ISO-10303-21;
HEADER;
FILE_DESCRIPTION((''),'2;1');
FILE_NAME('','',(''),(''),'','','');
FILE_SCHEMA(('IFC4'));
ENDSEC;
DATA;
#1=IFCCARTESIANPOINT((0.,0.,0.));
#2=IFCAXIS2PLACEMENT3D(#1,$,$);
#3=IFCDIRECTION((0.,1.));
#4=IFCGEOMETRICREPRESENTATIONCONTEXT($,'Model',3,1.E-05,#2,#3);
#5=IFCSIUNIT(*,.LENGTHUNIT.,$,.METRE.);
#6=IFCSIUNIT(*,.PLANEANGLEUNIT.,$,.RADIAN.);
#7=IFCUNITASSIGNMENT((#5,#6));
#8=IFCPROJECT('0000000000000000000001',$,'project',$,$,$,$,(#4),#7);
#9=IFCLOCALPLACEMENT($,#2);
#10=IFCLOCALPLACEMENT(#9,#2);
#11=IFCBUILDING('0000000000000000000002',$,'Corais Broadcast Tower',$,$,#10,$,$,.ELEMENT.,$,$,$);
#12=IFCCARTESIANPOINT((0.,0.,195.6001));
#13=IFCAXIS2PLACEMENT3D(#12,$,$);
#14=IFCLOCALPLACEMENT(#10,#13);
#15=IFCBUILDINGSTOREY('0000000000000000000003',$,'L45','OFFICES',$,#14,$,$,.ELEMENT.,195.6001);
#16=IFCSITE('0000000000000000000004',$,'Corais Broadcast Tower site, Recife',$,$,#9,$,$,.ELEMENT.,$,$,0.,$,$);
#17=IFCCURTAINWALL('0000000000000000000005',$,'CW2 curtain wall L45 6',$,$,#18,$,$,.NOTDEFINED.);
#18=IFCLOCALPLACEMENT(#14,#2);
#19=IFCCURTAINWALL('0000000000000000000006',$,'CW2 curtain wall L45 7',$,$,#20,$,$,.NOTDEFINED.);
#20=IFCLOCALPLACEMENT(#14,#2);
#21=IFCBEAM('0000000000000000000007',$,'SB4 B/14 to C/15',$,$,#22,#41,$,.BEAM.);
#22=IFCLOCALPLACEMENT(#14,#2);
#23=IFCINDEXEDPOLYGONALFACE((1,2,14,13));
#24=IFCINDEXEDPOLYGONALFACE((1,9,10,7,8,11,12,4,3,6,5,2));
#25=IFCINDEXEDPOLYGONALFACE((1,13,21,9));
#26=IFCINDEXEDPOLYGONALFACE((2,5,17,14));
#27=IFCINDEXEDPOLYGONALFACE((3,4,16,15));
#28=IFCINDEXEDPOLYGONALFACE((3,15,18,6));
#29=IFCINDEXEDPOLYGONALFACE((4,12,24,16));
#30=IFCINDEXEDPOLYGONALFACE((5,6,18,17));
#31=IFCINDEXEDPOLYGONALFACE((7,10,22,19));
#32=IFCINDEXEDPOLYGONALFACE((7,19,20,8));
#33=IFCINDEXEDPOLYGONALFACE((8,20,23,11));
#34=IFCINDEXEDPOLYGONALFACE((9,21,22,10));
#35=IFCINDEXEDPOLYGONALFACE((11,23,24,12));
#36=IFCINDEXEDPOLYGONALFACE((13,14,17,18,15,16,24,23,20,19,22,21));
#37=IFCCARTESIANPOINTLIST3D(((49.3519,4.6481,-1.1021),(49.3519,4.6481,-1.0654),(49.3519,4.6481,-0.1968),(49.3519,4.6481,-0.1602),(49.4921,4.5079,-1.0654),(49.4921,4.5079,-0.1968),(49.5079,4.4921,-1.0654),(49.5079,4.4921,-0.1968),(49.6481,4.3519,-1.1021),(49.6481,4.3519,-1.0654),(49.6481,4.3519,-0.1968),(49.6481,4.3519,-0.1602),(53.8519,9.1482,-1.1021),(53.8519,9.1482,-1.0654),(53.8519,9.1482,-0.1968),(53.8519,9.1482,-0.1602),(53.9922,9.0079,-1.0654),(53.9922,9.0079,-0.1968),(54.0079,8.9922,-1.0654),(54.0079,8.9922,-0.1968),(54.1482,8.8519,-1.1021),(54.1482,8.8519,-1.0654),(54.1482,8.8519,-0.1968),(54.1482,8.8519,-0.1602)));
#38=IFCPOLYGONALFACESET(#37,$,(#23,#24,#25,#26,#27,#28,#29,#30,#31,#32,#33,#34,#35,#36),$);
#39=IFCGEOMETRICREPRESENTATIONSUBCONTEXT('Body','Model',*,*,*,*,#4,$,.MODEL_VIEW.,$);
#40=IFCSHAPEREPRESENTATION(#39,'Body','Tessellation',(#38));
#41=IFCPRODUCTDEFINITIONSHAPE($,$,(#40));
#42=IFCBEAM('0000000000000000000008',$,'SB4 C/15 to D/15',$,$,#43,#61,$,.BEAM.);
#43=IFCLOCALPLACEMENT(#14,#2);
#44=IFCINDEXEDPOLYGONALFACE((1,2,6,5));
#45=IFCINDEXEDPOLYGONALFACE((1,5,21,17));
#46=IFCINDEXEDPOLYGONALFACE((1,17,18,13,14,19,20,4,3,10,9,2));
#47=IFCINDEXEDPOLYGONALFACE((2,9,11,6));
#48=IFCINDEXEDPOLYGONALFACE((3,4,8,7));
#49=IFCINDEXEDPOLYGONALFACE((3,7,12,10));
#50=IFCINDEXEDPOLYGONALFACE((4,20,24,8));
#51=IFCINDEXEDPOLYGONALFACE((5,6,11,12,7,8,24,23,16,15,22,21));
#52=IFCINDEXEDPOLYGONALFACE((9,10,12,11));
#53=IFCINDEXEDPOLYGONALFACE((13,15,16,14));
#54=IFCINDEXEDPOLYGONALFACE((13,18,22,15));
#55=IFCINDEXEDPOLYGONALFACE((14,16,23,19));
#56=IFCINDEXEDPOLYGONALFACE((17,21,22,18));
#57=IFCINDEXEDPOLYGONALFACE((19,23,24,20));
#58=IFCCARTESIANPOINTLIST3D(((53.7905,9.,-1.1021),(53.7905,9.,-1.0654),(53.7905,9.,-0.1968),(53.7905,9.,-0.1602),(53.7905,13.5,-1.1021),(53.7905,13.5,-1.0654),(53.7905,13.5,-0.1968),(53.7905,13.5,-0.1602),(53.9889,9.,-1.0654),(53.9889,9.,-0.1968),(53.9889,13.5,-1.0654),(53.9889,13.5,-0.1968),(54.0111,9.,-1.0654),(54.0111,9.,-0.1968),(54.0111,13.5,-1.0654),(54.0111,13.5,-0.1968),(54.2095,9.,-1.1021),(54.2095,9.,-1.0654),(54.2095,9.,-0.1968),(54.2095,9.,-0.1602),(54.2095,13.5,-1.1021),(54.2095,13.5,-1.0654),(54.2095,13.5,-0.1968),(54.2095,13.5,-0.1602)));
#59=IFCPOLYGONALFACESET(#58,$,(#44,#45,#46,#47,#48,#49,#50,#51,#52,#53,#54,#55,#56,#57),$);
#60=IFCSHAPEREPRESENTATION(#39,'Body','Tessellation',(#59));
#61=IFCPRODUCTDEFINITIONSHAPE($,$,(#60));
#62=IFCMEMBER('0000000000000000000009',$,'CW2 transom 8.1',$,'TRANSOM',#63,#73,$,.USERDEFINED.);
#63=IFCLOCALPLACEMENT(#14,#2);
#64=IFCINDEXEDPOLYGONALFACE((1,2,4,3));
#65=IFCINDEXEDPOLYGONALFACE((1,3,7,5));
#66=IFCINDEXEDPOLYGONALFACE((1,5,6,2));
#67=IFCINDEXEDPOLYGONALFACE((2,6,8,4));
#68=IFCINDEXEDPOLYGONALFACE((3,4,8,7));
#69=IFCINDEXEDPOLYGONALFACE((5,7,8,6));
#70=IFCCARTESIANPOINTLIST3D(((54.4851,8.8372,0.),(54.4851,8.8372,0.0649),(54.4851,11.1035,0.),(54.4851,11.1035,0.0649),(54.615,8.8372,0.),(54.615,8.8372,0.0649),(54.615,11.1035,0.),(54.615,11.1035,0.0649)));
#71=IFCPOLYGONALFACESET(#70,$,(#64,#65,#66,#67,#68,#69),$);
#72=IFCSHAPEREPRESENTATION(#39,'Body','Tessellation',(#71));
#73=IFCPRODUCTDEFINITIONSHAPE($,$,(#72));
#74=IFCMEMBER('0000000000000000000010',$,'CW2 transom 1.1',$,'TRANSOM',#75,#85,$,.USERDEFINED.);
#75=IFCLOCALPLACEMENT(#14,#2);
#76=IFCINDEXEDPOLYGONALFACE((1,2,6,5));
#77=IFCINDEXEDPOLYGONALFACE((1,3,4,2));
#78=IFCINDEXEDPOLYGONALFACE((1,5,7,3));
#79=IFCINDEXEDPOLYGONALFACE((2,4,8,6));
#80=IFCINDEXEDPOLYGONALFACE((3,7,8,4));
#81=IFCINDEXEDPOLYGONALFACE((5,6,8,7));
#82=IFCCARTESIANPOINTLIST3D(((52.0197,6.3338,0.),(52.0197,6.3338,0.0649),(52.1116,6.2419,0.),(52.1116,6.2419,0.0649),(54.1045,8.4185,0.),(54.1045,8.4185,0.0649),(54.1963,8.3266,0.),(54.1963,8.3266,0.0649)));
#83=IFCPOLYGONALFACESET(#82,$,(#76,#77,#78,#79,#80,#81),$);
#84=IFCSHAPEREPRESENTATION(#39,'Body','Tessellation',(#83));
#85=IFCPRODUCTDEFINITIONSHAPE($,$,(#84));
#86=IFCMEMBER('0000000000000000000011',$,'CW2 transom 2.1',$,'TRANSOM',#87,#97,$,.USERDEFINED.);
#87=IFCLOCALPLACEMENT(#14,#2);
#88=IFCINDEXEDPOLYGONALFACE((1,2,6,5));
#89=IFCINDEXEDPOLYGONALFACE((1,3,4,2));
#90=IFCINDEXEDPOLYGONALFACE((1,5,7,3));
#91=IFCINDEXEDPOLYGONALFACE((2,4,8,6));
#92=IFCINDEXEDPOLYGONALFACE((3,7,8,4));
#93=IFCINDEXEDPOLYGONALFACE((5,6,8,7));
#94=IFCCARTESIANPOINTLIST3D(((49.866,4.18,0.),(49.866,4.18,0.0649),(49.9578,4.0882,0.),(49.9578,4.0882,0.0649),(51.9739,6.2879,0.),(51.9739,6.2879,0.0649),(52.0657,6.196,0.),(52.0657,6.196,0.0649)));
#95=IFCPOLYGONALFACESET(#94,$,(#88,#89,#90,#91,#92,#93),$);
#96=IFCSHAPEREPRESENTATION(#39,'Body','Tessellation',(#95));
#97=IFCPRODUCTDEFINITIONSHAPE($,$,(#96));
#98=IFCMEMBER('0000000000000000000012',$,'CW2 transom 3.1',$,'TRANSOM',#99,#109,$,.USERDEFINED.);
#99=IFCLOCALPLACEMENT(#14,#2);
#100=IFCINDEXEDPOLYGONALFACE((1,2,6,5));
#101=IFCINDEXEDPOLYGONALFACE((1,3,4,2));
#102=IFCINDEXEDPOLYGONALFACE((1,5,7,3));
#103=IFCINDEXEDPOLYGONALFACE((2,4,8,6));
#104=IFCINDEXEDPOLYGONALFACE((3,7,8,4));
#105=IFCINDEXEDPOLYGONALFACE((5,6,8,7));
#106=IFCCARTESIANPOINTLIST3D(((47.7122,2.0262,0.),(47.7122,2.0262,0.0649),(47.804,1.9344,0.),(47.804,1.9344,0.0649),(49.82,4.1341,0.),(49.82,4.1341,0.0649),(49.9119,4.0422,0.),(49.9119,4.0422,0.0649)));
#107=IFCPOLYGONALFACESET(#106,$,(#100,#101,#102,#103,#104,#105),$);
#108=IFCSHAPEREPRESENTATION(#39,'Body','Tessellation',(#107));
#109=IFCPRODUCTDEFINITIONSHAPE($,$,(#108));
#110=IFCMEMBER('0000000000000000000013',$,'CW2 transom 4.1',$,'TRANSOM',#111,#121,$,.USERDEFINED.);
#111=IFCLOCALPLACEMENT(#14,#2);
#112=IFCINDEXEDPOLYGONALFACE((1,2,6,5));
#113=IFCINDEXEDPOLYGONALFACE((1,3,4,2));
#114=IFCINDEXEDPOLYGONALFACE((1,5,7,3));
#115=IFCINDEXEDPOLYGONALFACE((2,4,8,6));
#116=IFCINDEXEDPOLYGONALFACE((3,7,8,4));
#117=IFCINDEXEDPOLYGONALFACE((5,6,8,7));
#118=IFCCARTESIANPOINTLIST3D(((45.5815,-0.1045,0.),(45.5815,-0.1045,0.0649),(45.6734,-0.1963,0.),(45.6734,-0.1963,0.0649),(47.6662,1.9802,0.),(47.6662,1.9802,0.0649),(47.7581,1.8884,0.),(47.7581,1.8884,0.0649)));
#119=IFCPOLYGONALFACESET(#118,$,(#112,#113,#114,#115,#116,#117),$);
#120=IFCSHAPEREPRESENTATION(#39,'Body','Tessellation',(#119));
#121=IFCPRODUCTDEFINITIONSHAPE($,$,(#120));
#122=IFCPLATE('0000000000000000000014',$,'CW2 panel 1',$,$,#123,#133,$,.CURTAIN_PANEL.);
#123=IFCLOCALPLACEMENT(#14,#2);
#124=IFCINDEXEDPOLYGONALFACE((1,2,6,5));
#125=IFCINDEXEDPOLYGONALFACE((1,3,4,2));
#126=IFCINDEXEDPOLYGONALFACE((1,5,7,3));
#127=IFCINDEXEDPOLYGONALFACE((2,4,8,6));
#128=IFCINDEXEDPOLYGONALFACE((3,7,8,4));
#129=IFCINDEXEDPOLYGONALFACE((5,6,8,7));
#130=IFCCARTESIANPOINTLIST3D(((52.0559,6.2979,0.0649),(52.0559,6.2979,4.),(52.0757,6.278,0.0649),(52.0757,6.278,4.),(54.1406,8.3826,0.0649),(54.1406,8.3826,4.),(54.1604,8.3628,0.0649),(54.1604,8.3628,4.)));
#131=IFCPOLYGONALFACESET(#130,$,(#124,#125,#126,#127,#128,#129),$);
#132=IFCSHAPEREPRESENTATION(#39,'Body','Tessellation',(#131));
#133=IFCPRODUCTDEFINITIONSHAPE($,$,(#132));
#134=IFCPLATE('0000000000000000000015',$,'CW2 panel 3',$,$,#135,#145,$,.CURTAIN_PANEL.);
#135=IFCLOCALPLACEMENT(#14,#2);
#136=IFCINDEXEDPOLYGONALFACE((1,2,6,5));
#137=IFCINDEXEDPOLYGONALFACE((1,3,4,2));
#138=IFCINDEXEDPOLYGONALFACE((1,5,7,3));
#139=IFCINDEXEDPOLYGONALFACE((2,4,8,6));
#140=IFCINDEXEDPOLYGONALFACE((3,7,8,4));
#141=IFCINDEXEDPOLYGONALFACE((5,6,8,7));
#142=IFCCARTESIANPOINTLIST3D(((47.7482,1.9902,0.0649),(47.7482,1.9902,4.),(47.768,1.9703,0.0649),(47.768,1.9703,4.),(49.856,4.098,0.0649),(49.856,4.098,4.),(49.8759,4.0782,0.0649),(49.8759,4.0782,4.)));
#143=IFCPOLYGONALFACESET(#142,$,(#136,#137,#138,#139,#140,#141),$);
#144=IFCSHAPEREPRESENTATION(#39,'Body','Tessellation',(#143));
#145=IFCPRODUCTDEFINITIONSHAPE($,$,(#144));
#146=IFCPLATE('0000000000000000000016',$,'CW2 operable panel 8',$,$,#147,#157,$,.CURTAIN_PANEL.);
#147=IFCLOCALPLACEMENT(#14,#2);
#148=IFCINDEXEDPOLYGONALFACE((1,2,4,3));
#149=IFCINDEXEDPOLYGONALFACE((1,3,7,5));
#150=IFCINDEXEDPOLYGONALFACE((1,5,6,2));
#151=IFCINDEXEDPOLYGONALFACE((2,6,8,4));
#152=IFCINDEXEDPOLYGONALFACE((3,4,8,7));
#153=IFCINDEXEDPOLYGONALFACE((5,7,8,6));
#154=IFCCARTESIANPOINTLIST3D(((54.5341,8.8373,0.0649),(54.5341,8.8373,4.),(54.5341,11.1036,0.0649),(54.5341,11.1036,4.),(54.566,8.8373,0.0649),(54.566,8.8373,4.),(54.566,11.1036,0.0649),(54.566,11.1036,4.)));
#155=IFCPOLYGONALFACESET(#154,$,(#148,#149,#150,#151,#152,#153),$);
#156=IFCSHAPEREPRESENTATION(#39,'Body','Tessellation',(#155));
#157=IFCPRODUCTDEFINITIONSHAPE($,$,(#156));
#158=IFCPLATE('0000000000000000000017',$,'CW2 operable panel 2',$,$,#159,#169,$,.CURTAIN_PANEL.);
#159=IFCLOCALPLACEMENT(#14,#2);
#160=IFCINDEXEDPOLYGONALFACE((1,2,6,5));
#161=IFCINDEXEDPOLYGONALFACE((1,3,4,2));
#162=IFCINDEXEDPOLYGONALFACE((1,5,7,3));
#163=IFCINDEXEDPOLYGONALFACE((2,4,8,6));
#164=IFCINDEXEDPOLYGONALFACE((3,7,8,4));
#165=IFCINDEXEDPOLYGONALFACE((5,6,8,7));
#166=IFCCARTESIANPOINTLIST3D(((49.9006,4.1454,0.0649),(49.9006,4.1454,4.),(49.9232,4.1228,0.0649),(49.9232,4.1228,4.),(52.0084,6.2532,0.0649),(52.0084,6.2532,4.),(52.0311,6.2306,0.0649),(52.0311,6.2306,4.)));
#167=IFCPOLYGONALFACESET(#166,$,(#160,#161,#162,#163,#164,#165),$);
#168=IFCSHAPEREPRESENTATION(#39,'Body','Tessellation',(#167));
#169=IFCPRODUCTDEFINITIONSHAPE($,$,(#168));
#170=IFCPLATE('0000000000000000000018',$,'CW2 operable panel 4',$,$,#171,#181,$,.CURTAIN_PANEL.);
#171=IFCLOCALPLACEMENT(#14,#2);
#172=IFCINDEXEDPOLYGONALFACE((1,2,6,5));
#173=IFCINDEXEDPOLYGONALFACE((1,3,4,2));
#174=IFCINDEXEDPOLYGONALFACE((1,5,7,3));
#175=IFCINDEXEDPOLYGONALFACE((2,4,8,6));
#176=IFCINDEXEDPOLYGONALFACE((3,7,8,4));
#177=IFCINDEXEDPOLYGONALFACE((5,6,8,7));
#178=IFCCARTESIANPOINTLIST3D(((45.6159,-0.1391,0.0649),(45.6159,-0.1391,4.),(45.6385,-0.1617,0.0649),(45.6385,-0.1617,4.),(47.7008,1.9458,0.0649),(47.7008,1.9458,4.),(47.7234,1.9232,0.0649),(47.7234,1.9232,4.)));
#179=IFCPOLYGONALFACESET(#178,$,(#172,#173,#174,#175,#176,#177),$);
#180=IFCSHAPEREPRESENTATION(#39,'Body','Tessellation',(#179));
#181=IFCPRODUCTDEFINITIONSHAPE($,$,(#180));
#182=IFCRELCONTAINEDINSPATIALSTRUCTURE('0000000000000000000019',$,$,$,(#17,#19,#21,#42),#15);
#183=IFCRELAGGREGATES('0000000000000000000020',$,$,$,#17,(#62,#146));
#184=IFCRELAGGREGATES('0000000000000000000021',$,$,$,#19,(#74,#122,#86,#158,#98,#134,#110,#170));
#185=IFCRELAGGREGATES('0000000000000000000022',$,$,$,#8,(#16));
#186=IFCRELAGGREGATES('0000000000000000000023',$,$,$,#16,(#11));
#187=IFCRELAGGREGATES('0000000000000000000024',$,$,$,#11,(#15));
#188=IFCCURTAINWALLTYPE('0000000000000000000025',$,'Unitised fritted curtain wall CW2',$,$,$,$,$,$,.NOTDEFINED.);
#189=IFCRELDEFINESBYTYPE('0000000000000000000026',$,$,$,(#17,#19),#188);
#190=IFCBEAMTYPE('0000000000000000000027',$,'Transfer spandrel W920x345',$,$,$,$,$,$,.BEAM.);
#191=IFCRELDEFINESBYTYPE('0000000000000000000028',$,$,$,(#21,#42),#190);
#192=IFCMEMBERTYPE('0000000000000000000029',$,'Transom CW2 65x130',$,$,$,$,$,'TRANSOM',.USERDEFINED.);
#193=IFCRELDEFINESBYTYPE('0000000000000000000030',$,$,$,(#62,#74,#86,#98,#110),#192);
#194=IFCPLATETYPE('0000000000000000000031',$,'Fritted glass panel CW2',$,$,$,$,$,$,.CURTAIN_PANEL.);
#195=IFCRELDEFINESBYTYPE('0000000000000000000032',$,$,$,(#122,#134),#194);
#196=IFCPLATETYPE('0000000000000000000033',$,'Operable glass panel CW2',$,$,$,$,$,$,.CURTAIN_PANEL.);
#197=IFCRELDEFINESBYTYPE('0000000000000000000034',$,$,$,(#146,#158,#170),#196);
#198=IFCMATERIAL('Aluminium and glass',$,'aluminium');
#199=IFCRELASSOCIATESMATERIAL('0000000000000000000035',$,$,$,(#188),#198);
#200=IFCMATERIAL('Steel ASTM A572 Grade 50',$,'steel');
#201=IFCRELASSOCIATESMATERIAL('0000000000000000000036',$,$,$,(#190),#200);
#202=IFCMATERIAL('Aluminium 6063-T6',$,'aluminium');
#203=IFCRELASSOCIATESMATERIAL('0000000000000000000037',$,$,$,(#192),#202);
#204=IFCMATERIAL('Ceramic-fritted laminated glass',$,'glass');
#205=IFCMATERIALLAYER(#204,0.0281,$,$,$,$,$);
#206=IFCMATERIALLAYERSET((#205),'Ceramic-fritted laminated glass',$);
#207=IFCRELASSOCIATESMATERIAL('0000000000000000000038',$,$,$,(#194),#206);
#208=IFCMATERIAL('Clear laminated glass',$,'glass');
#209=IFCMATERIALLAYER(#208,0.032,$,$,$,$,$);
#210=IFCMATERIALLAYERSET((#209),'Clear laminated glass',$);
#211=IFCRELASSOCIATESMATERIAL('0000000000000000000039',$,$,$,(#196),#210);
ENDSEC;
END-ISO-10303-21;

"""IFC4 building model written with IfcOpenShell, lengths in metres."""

from ifc_helpers import new_model, si_unit, direction, frame, origin, origin_2d, place, context, subcontext, project, spatial, rectangle, i_section, extrude, material, layer, layer_set, material_profile, profile_set, type_object, element, aggregate, save


model = new_model("IFC4")

# Units and contexts
model_context = context("Model", 3, precision=1e-05, world=origin(), true_north=direction((0.0, 1.0)))
body_context = subcontext(model_context, "Body", "Model", "MODEL_VIEW")
ifc_project = project(units=[si_unit("LENGTHUNIT", "METRE"), si_unit("PLANEANGLEUNIT", "RADIAN")], contexts=[model_context])

# Site, building, storey
site_placement = place(None, origin())
site = spatial("IfcSite", under=ifc_project, at=site_placement, Name="Corais Broadcast Tower site, Recife", CompositionType="ELEMENT", RefElevation=0.0)
building_placement = place(site_placement, origin())
building = spatial("IfcBuilding", under=site, at=building_placement, Name="Corais Broadcast Tower", CompositionType="ELEMENT")
storey_placement = place(building_placement, frame((0.0, 0.0, 195.6001)))
storey = spatial("IfcBuildingStorey", under=building, at=storey_placement, Name="L45", Description="OFFICES", CompositionType="ELEMENT", Elevation=195.6001)

# Curtain wall
ifc_material_1 = material(Name="Aluminium and glass", Category="aluminium")
curtain_wall_type = type_object("IfcCurtainWallType", Name="Unitised fritted curtain wall CW2", PredefinedType="NOTDEFINED", material=ifc_material_1)
curtain_wall_1_placement = place(storey_placement, origin())
curtain_wall_1 = element("IfcCurtainWall", 1, at=curtain_wall_1_placement, inside=storey, type_object=curtain_wall_type, Name="CW2 curtain wall L45 6", PredefinedType="NOTDEFINED")

# Curtain wall
curtain_wall_2_placement = place(storey_placement, origin())
curtain_wall_2 = element("IfcCurtainWall", 2, at=curtain_wall_2_placement, inside=storey, type_object=curtain_wall_type, Name="CW2 curtain wall L45 7", PredefinedType="NOTDEFINED")

# Beams
ifc_material_2 = material(Name="Steel ASTM A572 Grade 50", Category="steel")
ifc_material_profile_1 = material_profile(ifc_material_2, i_section(OverallWidth=0.4189, OverallDepth=0.9419, WebThickness=0.0222, FlangeThickness=0.0366, at=origin_2d()), Name="W920x345")
ifc_profile_set_1 = profile_set([ifc_material_profile_1], Name="Steel ASTM A572 Grade 50")
beam_type_1 = type_object("IfcBeamType", Name="Transfer spandrel W920x345", PredefinedType="BEAM", material=ifc_profile_set_1)
beam_1_placement = place(storey_placement, frame((49.5, 4.5, -0.6311), z_axis=(0.707107, 0.707107, 0.0), x_axis=(-0.707107, 0.707107, 0.0)))
element("IfcBeam", 3, at=beam_1_placement, inside=storey, type_object=beam_type_1, Name="SB4 B/14 to C/15", PredefinedType="BEAM", context=body_context, shape_type="SweptSolid", body=[
    extrude(i_section(OverallWidth=0.4189, OverallDepth=0.9419, WebThickness=0.0222, FlangeThickness=0.0366, at=origin_2d()), origin(), (0.0, 0.0, 1.0), 6.364),
])
beam_2_placement = place(storey_placement, frame((54.0, 9.0, -0.6311), z_axis=(0.0, 1.0, 0.0), x_axis=(-1.0, 0.0, 0.0)))
element("IfcBeam", 4, at=beam_2_placement, inside=storey, type_object=beam_type_1, Name="SB4 C/15 to D/15", PredefinedType="BEAM", context=body_context, shape_type="SweptSolid", body=[
    extrude(i_section(OverallWidth=0.4189, OverallDepth=0.9419, WebThickness=0.0222, FlangeThickness=0.0366, at=origin_2d()), origin(), (0.0, 0.0, 1.0), 4.5),
])

# Members
ifc_material_3 = material(Name="Aluminium 6063-T6", Category="aluminium")
ifc_material_profile_2 = material_profile(ifc_material_3, rectangle(XDim=0.1299, YDim=0.0649, at=origin_2d()), Name="Transom CW2 65x130")
ifc_profile_set_2 = profile_set([ifc_material_profile_2], Name="Aluminium 6063-T6")
member_type_1 = type_object("IfcMemberType", Name="Transom CW2 65x130", ElementType="TRANSOM", PredefinedType="USERDEFINED", material=ifc_profile_set_2)
member_1_placement = place(storey_placement, frame((54.55, 11.1035, 0.0325), z_axis=(0.0, -1.0, 0.0), x_axis=(1.0, 0.0, 0.0)))
member_1 = element("IfcMember", 5, at=member_1_placement, type_object=member_type_1, Name="CW2 transom 8.1", ObjectType="TRANSOM", PredefinedType="USERDEFINED", context=body_context, shape_type="SweptSolid", body=[
    extrude(rectangle(XDim=0.1299, YDim=0.0649, at=origin_2d()), origin(), (0.0, 0.0, 1.0), 2.2664),
])
member_2_placement = place(storey_placement, frame((54.1504, 8.3726, 0.0325), z_axis=(-0.707107, -0.707107, 0.0), x_axis=(0.707107, -0.707107, 0.0)))
member_2 = element("IfcMember", 6, at=member_2_placement, type_object=member_type_1, Name="CW2 transom 1.1", ObjectType="TRANSOM", PredefinedType="USERDEFINED", context=body_context, shape_type="SweptSolid", body=[
    extrude(rectangle(XDim=0.1299, YDim=0.0649, at=origin_2d()), origin(), (0.0, 0.0, 1.0), 2.9482),
])
member_3_placement = place(storey_placement, frame((52.0198, 6.2419, 0.0325), z_axis=(-0.707107, -0.707107, 0.0), x_axis=(0.707107, -0.707107, 0.0)))
member_3 = element("IfcMember", 7, at=member_3_placement, type_object=member_type_1, Name="CW2 transom 2.1", ObjectType="TRANSOM", PredefinedType="USERDEFINED", context=body_context, shape_type="SweptSolid", body=[
    extrude(rectangle(XDim=0.1299, YDim=0.0649, at=origin_2d()), origin(), (0.0, 0.0, 1.0), 2.981),
])
member_4_placement = place(storey_placement, frame((49.866, 4.0881, 0.0325), z_axis=(-0.707107, -0.707107, 0.0), x_axis=(0.707107, -0.707107, 0.0)))
member_4 = element("IfcMember", 8, at=member_4_placement, type_object=member_type_1, Name="CW2 transom 3.1", ObjectType="TRANSOM", PredefinedType="USERDEFINED", context=body_context, shape_type="SweptSolid", body=[
    extrude(rectangle(XDim=0.1299, YDim=0.0649, at=origin_2d()), origin(), (0.0, 0.0, 1.0), 2.981),
])
member_5_placement = place(storey_placement, frame((47.7122, 1.9343, 0.0325), z_axis=(-0.707107, -0.707107, 0.0), x_axis=(0.707107, -0.707107, 0.0)))
member_5 = element("IfcMember", 9, at=member_5_placement, type_object=member_type_1, Name="CW2 transom 4.1", ObjectType="TRANSOM", PredefinedType="USERDEFINED", context=body_context, shape_type="SweptSolid", body=[
    extrude(rectangle(XDim=0.1299, YDim=0.0649, at=origin_2d()), origin(), (0.0, 0.0, 1.0), 2.9482),
])

# Plates
ifc_material_4 = material(Name="Ceramic-fritted laminated glass", Category="glass")
ifc_layer_1 = layer(ifc_material_4, 0.0281)
ifc_layer_set_1 = layer_set([ifc_layer_1], Name="Ceramic-fritted laminated glass")
plate_type_1 = type_object("IfcPlateType", Name="Fritted glass panel CW2", PredefinedType="CURTAIN_PANEL", material=ifc_layer_set_1)
plate_1_placement = place(storey_placement, frame((53.1082, 7.3303, 0.0649), z_axis=(0.0, 0.0, 1.0), x_axis=(-0.707107, -0.707107, 0.0)))
plate_1 = element("IfcPlate", 10, at=plate_1_placement, type_object=plate_type_1, Name="CW2 panel 1", PredefinedType="CURTAIN_PANEL", context=body_context, shape_type="SweptSolid", body=[
    extrude(rectangle(XDim=2.9482, YDim=0.0281, at=origin_2d()), origin(), (0.0, 0.0, 1.0), 3.9351),
])
plate_2_placement = place(storey_placement, frame((48.812, 3.0342, 0.0649), z_axis=(0.0, 0.0, 1.0), x_axis=(-0.707107, -0.707107, 0.0)))
plate_2 = element("IfcPlate", 11, at=plate_2_placement, type_object=plate_type_1, Name="CW2 panel 3", PredefinedType="CURTAIN_PANEL", context=body_context, shape_type="SweptSolid", body=[
    extrude(rectangle(XDim=2.981, YDim=0.0281, at=origin_2d()), origin(), (0.0, 0.0, 1.0), 3.9351),
])
ifc_material_5 = material(Name="Clear laminated glass", Category="glass")
ifc_layer_2 = layer(ifc_material_5, 0.032)
ifc_layer_set_2 = layer_set([ifc_layer_2], Name="Clear laminated glass")
plate_type_2 = type_object("IfcPlateType", Name="Operable glass panel CW2", PredefinedType="CURTAIN_PANEL", material=ifc_layer_set_2)
plate_3_placement = place(storey_placement, frame((54.55, 9.9705, 0.0649), z_axis=(0.0, 0.0, 1.0), x_axis=(0.0, -1.0, 0.0)))
plate_3 = element("IfcPlate", 12, at=plate_3_placement, type_object=plate_type_2, Name="CW2 operable panel 8", PredefinedType="CURTAIN_PANEL", context=body_context, shape_type="SweptSolid", body=[
    extrude(rectangle(XDim=2.2664, YDim=0.032, at=origin_2d()), origin(), (0.0, 0.0, 1.0), 3.9351),
])
aggregate(curtain_wall_1, [member_1, plate_3])
plate_4_placement = place(storey_placement, frame((50.9658, 5.188, 0.0649), z_axis=(0.0, 0.0, 1.0), x_axis=(-0.707107, -0.707107, 0.0)))
plate_4 = element("IfcPlate", 13, at=plate_4_placement, type_object=plate_type_2, Name="CW2 operable panel 2", PredefinedType="CURTAIN_PANEL", context=body_context, shape_type="SweptSolid", body=[
    extrude(rectangle(XDim=2.981, YDim=0.032, at=origin_2d()), origin(), (0.0, 0.0, 1.0), 3.9351),
])
plate_5_placement = place(storey_placement, frame((46.6697, 0.8921, 0.0649), z_axis=(0.0, 0.0, 1.0), x_axis=(-0.707107, -0.707107, 0.0)))
plate_5 = element("IfcPlate", 14, at=plate_5_placement, type_object=plate_type_2, Name="CW2 operable panel 4", PredefinedType="CURTAIN_PANEL", context=body_context, shape_type="SweptSolid", body=[
    extrude(rectangle(XDim=2.9485, YDim=0.032, at=origin_2d()), origin(), (0.0, 0.0, 1.0), 3.9351),
])
aggregate(curtain_wall_2, [member_2, plate_1, member_3, plate_4, member_4, plate_2, member_5, plate_5])

save(model, "model.ifc")
